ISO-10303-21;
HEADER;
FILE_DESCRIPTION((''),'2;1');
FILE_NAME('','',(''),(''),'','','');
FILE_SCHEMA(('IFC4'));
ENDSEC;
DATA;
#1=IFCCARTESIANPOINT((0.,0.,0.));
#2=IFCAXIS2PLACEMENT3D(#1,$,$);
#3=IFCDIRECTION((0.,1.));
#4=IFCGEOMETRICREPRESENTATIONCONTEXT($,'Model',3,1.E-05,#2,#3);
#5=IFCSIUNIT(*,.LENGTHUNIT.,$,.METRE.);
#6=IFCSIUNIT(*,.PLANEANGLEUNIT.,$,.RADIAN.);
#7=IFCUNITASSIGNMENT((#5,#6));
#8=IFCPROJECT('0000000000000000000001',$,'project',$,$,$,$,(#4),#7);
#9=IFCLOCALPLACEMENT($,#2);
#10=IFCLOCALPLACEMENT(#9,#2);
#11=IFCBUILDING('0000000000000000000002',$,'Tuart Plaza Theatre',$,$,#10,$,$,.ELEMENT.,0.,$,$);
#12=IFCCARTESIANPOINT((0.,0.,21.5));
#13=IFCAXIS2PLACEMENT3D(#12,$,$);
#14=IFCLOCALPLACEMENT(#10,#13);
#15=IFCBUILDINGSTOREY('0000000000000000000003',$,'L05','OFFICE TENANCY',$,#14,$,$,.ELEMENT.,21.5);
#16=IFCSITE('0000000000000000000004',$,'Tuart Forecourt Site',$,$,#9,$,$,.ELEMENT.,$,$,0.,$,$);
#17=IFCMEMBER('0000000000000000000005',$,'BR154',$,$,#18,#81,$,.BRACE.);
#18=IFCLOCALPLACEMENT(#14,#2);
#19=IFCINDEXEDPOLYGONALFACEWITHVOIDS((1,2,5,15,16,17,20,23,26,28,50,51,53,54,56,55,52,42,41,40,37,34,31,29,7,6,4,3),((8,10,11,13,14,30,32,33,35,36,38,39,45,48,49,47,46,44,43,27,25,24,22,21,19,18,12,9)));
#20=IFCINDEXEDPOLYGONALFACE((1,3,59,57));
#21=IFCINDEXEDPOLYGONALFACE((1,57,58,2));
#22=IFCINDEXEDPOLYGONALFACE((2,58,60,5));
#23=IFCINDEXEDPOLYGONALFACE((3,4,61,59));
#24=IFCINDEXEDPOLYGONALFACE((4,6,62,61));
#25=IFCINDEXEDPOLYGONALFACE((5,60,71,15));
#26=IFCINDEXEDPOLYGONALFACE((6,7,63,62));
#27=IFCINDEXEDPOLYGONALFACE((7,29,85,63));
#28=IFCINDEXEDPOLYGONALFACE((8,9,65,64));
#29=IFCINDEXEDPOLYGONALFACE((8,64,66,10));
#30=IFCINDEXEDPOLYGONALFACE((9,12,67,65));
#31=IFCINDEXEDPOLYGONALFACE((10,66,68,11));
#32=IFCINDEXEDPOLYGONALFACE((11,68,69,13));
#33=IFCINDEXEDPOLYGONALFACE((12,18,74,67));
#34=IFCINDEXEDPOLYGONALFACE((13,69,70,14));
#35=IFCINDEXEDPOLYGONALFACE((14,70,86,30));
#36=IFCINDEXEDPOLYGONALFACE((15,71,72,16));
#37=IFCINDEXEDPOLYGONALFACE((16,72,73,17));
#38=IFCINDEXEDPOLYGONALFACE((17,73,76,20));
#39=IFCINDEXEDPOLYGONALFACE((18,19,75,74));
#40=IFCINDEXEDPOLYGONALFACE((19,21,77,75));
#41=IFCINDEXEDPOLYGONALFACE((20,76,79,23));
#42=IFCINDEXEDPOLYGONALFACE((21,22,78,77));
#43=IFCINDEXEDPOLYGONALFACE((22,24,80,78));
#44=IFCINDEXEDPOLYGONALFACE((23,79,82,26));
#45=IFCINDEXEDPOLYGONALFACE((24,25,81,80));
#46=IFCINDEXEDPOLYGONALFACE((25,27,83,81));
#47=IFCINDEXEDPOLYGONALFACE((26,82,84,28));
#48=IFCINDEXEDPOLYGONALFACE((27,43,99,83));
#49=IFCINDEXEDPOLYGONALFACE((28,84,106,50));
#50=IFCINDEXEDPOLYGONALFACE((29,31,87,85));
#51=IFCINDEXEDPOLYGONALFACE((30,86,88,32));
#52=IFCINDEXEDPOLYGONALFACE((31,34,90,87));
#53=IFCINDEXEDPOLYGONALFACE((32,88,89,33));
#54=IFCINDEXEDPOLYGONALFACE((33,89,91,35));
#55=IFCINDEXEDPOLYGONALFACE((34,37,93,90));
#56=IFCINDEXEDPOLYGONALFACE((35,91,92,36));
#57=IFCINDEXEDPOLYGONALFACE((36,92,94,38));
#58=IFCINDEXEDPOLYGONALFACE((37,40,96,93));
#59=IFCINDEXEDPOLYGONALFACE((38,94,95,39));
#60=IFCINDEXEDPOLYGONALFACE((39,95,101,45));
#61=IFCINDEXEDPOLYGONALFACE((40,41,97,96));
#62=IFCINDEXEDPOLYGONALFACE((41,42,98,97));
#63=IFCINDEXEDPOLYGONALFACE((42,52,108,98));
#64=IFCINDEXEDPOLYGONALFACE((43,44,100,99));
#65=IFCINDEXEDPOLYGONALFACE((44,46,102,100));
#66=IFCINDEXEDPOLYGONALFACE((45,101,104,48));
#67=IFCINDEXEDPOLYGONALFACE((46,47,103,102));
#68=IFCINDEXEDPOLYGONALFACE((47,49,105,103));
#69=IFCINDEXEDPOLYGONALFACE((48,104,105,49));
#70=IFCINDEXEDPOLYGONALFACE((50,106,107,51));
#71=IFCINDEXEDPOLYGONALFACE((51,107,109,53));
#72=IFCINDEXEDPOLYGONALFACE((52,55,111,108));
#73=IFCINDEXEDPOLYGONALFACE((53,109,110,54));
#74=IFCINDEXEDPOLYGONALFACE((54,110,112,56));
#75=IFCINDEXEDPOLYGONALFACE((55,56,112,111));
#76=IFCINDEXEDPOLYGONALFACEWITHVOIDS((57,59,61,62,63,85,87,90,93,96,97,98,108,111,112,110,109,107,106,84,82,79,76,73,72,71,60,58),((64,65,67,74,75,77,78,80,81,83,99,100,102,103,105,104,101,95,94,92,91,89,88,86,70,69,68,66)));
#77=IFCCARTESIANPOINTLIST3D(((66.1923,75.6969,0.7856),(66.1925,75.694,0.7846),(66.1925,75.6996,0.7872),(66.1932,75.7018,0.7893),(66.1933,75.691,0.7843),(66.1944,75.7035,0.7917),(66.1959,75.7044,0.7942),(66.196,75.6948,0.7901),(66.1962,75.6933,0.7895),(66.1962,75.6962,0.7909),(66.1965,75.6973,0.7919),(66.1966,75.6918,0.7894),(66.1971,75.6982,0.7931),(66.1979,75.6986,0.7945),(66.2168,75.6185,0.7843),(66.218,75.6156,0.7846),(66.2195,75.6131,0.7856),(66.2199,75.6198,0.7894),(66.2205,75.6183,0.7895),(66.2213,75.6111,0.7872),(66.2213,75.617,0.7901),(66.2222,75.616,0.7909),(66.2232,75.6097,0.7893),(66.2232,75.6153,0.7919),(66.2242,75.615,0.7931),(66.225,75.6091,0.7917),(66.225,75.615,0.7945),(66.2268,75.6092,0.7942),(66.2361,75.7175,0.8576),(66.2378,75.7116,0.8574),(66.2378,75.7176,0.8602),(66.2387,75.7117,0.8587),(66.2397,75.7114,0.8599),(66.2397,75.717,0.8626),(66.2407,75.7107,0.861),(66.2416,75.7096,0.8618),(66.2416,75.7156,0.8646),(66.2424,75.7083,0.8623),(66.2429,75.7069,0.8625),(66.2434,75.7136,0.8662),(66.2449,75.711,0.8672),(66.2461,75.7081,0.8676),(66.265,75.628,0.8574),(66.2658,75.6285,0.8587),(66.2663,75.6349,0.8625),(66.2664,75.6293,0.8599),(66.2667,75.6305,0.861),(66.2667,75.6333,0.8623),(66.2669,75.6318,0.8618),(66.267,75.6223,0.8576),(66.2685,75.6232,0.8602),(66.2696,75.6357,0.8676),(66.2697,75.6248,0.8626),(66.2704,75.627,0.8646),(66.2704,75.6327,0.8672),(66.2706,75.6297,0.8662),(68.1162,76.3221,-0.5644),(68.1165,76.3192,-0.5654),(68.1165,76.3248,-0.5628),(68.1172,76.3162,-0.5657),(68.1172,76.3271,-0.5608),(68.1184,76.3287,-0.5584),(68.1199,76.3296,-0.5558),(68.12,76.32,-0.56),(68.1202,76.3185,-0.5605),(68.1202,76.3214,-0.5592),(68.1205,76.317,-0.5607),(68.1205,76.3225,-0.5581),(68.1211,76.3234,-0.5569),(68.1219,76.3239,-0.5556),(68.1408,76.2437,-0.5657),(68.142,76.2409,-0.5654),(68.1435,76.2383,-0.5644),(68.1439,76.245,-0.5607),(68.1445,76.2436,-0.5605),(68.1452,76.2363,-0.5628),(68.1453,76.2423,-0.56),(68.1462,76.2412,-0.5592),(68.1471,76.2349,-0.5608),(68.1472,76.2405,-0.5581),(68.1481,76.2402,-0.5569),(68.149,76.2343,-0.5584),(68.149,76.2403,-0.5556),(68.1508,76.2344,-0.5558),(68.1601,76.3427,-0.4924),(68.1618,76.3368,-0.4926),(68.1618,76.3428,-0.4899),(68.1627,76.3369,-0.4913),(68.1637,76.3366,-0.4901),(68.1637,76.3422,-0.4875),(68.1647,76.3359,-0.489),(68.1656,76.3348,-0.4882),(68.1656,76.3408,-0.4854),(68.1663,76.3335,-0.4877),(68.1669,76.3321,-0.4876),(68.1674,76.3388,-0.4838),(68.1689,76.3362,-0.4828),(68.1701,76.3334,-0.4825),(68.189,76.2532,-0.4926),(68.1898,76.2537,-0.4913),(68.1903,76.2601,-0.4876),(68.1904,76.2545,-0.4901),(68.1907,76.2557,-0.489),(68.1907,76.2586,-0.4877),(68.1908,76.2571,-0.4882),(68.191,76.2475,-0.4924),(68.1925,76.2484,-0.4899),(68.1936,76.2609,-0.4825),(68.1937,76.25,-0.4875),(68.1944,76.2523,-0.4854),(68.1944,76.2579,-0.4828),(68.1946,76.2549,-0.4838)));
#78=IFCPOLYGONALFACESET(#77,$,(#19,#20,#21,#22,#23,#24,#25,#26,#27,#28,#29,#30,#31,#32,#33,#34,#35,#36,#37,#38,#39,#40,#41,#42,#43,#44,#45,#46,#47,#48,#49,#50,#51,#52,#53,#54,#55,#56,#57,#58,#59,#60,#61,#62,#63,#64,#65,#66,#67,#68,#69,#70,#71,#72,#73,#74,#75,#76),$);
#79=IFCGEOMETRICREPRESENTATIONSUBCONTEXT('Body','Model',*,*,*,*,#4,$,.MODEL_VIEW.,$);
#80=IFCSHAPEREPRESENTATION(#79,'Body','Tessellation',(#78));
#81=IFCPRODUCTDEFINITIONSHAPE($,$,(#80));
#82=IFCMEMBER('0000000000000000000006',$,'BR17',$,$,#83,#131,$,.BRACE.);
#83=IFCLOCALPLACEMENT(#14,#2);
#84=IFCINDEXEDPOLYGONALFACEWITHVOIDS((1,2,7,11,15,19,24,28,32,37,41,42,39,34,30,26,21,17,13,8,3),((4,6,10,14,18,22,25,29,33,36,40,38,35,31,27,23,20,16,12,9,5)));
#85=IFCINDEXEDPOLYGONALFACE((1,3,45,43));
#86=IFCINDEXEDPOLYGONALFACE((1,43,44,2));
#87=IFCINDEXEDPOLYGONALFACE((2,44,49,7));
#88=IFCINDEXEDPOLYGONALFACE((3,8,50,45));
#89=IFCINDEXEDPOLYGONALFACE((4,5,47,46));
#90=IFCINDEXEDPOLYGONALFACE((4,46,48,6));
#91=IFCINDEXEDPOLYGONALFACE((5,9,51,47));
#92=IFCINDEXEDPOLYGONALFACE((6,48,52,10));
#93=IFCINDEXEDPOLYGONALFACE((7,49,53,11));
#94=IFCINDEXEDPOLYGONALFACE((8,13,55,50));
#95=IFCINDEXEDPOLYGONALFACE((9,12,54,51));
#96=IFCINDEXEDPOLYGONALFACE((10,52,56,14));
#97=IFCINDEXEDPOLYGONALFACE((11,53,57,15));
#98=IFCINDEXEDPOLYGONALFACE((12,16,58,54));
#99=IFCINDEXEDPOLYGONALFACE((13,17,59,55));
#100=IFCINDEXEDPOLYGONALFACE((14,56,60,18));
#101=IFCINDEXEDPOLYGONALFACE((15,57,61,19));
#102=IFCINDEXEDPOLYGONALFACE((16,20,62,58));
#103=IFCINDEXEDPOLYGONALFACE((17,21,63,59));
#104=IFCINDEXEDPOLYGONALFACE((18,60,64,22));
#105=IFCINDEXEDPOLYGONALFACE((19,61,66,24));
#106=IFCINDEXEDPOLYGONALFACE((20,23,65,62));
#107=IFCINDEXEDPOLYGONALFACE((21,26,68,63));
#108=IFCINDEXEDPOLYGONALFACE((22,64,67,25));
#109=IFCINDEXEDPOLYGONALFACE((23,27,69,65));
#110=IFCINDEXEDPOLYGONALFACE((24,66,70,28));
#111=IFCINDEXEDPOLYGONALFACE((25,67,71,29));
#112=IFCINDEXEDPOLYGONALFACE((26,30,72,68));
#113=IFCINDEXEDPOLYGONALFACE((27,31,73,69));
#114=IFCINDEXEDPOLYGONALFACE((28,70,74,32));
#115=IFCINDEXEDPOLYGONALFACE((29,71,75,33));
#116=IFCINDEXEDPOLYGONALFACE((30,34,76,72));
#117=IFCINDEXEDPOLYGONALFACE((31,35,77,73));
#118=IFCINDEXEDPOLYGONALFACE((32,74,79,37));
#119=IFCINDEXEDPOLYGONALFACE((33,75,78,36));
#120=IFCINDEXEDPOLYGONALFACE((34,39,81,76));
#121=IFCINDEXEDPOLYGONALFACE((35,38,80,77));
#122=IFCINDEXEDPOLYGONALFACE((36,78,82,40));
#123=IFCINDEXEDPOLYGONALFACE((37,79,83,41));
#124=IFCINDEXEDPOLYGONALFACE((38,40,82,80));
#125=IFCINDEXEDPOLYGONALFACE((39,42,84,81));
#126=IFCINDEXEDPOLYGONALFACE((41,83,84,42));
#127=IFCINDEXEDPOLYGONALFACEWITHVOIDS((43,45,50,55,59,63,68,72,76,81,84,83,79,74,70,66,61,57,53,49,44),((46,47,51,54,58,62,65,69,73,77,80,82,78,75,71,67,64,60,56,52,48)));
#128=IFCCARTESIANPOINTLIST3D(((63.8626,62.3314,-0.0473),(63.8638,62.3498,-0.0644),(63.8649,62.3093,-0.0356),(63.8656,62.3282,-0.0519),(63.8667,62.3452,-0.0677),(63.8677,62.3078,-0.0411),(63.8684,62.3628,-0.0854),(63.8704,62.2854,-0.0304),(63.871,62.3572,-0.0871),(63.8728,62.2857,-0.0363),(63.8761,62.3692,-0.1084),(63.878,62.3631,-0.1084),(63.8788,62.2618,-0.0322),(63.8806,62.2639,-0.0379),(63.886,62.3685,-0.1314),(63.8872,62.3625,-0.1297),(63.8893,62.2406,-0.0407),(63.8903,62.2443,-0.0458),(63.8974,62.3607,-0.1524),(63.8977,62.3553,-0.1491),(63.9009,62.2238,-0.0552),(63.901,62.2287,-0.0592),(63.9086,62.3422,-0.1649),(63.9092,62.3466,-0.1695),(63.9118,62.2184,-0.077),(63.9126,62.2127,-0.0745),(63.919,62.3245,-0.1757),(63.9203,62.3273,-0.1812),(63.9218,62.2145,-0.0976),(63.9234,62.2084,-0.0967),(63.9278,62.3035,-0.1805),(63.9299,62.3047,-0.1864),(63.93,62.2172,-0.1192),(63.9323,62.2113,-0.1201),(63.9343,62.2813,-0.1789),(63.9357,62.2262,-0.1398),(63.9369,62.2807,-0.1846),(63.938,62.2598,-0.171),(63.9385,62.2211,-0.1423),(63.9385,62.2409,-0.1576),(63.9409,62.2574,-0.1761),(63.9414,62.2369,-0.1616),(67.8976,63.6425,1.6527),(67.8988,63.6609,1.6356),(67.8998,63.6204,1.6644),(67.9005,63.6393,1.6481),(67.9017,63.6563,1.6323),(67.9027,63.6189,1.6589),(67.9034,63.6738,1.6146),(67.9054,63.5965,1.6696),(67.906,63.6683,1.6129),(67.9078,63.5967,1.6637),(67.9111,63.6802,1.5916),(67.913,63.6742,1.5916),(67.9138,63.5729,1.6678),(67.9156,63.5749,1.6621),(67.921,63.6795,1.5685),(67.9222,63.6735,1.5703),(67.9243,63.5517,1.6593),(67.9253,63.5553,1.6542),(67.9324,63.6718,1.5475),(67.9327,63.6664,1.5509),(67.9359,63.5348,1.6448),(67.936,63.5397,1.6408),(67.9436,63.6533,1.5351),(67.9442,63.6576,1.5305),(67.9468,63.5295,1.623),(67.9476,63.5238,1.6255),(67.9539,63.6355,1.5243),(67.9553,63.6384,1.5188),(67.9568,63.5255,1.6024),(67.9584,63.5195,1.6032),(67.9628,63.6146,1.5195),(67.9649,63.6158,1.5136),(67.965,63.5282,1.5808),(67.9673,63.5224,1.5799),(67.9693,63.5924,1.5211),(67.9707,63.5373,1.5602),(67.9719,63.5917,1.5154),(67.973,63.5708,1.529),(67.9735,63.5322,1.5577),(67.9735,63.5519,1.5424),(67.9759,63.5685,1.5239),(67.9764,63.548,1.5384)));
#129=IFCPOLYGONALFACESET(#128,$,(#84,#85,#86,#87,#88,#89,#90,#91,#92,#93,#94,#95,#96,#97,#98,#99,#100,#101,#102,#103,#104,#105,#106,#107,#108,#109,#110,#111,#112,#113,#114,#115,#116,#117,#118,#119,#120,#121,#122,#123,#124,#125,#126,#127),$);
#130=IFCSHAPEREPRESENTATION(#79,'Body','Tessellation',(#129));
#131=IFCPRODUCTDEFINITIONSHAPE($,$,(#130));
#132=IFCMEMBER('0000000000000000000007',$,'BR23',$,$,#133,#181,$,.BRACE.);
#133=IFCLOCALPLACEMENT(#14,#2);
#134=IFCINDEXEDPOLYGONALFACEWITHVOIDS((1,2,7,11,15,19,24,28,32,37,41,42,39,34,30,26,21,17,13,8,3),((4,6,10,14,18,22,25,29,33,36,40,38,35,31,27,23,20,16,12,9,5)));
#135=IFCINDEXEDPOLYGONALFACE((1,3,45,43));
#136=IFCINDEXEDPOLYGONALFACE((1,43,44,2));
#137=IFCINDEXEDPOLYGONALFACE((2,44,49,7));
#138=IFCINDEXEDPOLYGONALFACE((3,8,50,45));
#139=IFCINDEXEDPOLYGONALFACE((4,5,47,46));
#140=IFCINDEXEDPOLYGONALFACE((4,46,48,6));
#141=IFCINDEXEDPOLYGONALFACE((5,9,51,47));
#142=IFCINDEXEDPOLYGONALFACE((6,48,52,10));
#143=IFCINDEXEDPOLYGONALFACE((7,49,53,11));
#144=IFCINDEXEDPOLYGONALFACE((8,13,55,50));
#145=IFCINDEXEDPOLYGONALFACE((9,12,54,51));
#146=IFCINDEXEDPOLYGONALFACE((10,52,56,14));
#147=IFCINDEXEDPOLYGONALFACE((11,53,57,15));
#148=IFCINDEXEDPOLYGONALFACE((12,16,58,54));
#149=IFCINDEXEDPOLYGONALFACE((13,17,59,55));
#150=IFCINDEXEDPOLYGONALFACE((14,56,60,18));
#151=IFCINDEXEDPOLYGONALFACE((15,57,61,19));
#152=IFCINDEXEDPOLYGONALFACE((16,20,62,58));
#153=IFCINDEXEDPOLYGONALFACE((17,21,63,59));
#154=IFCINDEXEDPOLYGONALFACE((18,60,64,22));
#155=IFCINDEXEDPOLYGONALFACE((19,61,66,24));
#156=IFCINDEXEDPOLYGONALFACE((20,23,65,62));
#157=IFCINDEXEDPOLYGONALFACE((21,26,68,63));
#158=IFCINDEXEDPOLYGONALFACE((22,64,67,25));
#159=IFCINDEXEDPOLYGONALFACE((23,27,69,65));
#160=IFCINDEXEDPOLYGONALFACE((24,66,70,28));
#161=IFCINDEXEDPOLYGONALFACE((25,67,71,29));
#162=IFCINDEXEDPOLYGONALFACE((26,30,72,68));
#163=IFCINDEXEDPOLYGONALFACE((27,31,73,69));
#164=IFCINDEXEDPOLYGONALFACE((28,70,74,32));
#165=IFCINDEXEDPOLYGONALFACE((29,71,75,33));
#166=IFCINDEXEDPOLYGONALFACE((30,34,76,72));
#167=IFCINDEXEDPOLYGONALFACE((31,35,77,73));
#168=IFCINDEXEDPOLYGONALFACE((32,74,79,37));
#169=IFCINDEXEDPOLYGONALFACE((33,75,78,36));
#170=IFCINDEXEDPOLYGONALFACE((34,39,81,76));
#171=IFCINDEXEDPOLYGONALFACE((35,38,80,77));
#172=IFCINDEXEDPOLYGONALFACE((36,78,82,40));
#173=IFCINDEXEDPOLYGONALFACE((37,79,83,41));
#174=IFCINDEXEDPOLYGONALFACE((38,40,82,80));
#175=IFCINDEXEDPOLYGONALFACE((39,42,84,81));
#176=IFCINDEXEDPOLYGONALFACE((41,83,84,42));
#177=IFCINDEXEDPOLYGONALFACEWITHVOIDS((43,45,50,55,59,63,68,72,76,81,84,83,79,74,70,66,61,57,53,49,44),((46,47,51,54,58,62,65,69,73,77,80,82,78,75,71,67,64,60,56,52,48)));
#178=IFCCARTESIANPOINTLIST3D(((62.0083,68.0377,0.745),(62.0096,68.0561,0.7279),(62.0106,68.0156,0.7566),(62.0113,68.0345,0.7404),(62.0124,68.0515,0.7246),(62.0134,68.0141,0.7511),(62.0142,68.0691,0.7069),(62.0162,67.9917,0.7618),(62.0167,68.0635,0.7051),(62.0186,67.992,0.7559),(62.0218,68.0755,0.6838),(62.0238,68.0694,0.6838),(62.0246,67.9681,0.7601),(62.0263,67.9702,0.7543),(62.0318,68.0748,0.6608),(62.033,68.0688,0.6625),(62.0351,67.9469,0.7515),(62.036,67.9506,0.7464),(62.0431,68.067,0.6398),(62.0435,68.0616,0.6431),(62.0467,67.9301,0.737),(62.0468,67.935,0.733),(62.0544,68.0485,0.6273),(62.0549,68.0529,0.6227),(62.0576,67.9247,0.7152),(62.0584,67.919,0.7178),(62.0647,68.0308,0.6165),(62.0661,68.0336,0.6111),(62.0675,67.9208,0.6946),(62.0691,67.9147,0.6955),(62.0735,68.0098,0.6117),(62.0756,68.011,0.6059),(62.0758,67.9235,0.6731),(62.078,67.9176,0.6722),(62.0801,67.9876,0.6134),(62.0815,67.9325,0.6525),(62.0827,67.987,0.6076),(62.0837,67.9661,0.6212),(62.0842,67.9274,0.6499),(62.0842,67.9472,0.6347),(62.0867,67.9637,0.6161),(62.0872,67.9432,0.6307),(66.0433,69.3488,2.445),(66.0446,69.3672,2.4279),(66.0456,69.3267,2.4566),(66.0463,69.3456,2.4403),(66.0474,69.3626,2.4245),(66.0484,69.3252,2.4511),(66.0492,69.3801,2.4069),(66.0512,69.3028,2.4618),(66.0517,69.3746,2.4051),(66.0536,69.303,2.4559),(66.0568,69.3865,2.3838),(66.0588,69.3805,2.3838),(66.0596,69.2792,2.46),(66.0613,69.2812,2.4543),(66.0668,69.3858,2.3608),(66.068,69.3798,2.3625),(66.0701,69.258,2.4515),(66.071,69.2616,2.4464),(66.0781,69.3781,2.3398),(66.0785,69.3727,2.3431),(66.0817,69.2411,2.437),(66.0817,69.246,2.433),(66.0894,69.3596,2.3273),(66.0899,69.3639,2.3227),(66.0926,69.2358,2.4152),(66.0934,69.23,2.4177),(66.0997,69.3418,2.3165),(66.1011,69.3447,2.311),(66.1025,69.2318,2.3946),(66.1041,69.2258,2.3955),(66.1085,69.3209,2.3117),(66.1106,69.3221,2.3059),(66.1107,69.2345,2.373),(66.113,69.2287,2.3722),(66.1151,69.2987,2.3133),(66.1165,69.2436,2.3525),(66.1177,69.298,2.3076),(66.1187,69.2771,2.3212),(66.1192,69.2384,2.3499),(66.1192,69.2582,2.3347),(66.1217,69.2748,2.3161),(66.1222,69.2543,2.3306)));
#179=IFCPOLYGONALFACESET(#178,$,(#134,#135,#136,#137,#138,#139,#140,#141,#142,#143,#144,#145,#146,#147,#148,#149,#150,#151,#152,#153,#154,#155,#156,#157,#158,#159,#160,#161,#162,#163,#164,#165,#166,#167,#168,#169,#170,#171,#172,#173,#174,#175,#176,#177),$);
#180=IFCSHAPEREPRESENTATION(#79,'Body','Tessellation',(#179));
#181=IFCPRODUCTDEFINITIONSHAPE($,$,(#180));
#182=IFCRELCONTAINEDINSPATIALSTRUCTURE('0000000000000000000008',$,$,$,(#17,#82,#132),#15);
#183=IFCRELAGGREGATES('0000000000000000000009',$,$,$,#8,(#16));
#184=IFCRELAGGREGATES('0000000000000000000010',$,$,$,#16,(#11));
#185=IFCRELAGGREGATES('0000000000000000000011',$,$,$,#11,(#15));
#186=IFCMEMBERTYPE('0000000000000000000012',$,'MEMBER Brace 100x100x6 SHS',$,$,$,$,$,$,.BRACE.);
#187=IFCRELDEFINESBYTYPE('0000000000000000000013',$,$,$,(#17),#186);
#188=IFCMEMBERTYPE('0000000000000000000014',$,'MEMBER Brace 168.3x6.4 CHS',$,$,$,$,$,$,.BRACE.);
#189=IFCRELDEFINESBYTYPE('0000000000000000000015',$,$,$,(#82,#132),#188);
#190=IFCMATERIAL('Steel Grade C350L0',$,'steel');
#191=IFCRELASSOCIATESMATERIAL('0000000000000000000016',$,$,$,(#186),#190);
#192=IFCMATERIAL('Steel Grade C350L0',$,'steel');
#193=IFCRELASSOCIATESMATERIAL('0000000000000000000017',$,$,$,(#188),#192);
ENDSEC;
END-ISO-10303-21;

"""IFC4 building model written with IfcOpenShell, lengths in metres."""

from ifc_helpers import new_model, si_unit, direction, frame, origin, origin_2d, place, context, subcontext, project, spatial, hollow_rectangle, hollow_circle, extrude, material, material_profile, profile_set, type_object, element, save


model = new_model("IFC4")

# Units and contexts
model_context = context("Model", 3, precision=1e-05, world=origin(), true_north=direction((0.0, 1.0)))
body_context = subcontext(model_context, "Body", "Model", "MODEL_VIEW")
ifc_project = project(units=[si_unit("LENGTHUNIT", "METRE"), si_unit("PLANEANGLEUNIT", "RADIAN")], contexts=[model_context])

# Site, building, storey
site_placement = place(None, origin())
site = spatial("IfcSite", under=ifc_project, at=site_placement, Name="Tuart Forecourt Site", CompositionType="ELEMENT", RefElevation=0.0)
building_placement = place(site_placement, origin())
building = spatial("IfcBuilding", under=site, at=building_placement, Name="Tuart Plaza Theatre", CompositionType="ELEMENT", ElevationOfRefHeight=0.0)
storey_placement = place(building_placement, frame((0.0, 0.0, 21.5)))
storey = spatial("IfcBuildingStorey", under=building, at=storey_placement, Name="L05", Description="OFFICE TENANCY", CompositionType="ELEMENT", Elevation=21.5)

# Members
ifc_material_1 = material(Name="Steel Grade C350L0", Category="steel")
ifc_material_profile_1 = material_profile(ifc_material_1, hollow_rectangle(XDim=0.1001, YDim=0.1001, WallThickness=0.0061, InnerFilletRadius=0.0061, OuterFilletRadius=0.012, at=origin_2d()), Name="100x100x6 SHS")
ifc_profile_set_1 = profile_set([ifc_material_profile_1], Name="Steel Grade C350L0")
member_type_1 = type_object("IfcMemberType", Name="MEMBER Brace 100x100x6 SHS", PredefinedType="BRACE", material=ifc_profile_set_1)
for number, where, z_axis, x_axis, name in (
    (1, (66.2314, 75.6633, 0.8259), (0.791073, 0.257066, -0.555086), (-0.309051, 0.951046, 0.0), "BR154"),
):
    element("IfcMember", number, at=place(storey_placement, frame(where, z_axis=z_axis, x_axis=x_axis)), inside=storey, type_object=member_type_1, Name=name, PredefinedType="BRACE", context=body_context, shape_type="SweptSolid", body=[
        extrude(hollow_rectangle(XDim=0.1001, YDim=0.1001, WallThickness=0.0061, InnerFilletRadius=0.0061, OuterFilletRadius=0.012, at=origin_2d()), origin(), (0.0, 0.0, 1.0), 2.4321),
    ])
ifc_material_2 = material(Name="Steel Grade C350L0", Category="steel")
ifc_material_profile_2 = material_profile(ifc_material_2, hollow_circle(Radius=0.0842, WallThickness=0.0063, at=origin_2d()), Name="168.3x6.4 CHS")
ifc_profile_set_2 = profile_set([ifc_material_profile_2], Name="Steel Grade C350L0")
member_type_2 = type_object("IfcMemberType", Name="MEMBER Brace 168.3x6.4 CHS", PredefinedType="BRACE", material=ifc_profile_set_2)
for number, where, z_axis, x_axis, name in (
    (2, (63.9021, 62.2891, -0.1084), (0.882823, 0.286849, 0.371943), (-0.30902, 0.951056, 0.0), "BR17"),
    (3, (62.0479, 67.9954, 0.6838), (0.882823, 0.286849, 0.371943), (-0.30902, 0.951056, 0.0), "BR23"),
):
    element("IfcMember", number, at=place(storey_placement, frame(where, z_axis=z_axis, x_axis=x_axis)), inside=storey, type_object=member_type_2, Name=name, PredefinedType="BRACE", context=body_context, shape_type="SweptSolid", body=[
        extrude(hollow_circle(Radius=0.0842, WallThickness=0.0063, at=origin_2d()), origin(), (0.0, 0.0, 1.0), 4.5706),
    ])

save(model, "model.ifc")
